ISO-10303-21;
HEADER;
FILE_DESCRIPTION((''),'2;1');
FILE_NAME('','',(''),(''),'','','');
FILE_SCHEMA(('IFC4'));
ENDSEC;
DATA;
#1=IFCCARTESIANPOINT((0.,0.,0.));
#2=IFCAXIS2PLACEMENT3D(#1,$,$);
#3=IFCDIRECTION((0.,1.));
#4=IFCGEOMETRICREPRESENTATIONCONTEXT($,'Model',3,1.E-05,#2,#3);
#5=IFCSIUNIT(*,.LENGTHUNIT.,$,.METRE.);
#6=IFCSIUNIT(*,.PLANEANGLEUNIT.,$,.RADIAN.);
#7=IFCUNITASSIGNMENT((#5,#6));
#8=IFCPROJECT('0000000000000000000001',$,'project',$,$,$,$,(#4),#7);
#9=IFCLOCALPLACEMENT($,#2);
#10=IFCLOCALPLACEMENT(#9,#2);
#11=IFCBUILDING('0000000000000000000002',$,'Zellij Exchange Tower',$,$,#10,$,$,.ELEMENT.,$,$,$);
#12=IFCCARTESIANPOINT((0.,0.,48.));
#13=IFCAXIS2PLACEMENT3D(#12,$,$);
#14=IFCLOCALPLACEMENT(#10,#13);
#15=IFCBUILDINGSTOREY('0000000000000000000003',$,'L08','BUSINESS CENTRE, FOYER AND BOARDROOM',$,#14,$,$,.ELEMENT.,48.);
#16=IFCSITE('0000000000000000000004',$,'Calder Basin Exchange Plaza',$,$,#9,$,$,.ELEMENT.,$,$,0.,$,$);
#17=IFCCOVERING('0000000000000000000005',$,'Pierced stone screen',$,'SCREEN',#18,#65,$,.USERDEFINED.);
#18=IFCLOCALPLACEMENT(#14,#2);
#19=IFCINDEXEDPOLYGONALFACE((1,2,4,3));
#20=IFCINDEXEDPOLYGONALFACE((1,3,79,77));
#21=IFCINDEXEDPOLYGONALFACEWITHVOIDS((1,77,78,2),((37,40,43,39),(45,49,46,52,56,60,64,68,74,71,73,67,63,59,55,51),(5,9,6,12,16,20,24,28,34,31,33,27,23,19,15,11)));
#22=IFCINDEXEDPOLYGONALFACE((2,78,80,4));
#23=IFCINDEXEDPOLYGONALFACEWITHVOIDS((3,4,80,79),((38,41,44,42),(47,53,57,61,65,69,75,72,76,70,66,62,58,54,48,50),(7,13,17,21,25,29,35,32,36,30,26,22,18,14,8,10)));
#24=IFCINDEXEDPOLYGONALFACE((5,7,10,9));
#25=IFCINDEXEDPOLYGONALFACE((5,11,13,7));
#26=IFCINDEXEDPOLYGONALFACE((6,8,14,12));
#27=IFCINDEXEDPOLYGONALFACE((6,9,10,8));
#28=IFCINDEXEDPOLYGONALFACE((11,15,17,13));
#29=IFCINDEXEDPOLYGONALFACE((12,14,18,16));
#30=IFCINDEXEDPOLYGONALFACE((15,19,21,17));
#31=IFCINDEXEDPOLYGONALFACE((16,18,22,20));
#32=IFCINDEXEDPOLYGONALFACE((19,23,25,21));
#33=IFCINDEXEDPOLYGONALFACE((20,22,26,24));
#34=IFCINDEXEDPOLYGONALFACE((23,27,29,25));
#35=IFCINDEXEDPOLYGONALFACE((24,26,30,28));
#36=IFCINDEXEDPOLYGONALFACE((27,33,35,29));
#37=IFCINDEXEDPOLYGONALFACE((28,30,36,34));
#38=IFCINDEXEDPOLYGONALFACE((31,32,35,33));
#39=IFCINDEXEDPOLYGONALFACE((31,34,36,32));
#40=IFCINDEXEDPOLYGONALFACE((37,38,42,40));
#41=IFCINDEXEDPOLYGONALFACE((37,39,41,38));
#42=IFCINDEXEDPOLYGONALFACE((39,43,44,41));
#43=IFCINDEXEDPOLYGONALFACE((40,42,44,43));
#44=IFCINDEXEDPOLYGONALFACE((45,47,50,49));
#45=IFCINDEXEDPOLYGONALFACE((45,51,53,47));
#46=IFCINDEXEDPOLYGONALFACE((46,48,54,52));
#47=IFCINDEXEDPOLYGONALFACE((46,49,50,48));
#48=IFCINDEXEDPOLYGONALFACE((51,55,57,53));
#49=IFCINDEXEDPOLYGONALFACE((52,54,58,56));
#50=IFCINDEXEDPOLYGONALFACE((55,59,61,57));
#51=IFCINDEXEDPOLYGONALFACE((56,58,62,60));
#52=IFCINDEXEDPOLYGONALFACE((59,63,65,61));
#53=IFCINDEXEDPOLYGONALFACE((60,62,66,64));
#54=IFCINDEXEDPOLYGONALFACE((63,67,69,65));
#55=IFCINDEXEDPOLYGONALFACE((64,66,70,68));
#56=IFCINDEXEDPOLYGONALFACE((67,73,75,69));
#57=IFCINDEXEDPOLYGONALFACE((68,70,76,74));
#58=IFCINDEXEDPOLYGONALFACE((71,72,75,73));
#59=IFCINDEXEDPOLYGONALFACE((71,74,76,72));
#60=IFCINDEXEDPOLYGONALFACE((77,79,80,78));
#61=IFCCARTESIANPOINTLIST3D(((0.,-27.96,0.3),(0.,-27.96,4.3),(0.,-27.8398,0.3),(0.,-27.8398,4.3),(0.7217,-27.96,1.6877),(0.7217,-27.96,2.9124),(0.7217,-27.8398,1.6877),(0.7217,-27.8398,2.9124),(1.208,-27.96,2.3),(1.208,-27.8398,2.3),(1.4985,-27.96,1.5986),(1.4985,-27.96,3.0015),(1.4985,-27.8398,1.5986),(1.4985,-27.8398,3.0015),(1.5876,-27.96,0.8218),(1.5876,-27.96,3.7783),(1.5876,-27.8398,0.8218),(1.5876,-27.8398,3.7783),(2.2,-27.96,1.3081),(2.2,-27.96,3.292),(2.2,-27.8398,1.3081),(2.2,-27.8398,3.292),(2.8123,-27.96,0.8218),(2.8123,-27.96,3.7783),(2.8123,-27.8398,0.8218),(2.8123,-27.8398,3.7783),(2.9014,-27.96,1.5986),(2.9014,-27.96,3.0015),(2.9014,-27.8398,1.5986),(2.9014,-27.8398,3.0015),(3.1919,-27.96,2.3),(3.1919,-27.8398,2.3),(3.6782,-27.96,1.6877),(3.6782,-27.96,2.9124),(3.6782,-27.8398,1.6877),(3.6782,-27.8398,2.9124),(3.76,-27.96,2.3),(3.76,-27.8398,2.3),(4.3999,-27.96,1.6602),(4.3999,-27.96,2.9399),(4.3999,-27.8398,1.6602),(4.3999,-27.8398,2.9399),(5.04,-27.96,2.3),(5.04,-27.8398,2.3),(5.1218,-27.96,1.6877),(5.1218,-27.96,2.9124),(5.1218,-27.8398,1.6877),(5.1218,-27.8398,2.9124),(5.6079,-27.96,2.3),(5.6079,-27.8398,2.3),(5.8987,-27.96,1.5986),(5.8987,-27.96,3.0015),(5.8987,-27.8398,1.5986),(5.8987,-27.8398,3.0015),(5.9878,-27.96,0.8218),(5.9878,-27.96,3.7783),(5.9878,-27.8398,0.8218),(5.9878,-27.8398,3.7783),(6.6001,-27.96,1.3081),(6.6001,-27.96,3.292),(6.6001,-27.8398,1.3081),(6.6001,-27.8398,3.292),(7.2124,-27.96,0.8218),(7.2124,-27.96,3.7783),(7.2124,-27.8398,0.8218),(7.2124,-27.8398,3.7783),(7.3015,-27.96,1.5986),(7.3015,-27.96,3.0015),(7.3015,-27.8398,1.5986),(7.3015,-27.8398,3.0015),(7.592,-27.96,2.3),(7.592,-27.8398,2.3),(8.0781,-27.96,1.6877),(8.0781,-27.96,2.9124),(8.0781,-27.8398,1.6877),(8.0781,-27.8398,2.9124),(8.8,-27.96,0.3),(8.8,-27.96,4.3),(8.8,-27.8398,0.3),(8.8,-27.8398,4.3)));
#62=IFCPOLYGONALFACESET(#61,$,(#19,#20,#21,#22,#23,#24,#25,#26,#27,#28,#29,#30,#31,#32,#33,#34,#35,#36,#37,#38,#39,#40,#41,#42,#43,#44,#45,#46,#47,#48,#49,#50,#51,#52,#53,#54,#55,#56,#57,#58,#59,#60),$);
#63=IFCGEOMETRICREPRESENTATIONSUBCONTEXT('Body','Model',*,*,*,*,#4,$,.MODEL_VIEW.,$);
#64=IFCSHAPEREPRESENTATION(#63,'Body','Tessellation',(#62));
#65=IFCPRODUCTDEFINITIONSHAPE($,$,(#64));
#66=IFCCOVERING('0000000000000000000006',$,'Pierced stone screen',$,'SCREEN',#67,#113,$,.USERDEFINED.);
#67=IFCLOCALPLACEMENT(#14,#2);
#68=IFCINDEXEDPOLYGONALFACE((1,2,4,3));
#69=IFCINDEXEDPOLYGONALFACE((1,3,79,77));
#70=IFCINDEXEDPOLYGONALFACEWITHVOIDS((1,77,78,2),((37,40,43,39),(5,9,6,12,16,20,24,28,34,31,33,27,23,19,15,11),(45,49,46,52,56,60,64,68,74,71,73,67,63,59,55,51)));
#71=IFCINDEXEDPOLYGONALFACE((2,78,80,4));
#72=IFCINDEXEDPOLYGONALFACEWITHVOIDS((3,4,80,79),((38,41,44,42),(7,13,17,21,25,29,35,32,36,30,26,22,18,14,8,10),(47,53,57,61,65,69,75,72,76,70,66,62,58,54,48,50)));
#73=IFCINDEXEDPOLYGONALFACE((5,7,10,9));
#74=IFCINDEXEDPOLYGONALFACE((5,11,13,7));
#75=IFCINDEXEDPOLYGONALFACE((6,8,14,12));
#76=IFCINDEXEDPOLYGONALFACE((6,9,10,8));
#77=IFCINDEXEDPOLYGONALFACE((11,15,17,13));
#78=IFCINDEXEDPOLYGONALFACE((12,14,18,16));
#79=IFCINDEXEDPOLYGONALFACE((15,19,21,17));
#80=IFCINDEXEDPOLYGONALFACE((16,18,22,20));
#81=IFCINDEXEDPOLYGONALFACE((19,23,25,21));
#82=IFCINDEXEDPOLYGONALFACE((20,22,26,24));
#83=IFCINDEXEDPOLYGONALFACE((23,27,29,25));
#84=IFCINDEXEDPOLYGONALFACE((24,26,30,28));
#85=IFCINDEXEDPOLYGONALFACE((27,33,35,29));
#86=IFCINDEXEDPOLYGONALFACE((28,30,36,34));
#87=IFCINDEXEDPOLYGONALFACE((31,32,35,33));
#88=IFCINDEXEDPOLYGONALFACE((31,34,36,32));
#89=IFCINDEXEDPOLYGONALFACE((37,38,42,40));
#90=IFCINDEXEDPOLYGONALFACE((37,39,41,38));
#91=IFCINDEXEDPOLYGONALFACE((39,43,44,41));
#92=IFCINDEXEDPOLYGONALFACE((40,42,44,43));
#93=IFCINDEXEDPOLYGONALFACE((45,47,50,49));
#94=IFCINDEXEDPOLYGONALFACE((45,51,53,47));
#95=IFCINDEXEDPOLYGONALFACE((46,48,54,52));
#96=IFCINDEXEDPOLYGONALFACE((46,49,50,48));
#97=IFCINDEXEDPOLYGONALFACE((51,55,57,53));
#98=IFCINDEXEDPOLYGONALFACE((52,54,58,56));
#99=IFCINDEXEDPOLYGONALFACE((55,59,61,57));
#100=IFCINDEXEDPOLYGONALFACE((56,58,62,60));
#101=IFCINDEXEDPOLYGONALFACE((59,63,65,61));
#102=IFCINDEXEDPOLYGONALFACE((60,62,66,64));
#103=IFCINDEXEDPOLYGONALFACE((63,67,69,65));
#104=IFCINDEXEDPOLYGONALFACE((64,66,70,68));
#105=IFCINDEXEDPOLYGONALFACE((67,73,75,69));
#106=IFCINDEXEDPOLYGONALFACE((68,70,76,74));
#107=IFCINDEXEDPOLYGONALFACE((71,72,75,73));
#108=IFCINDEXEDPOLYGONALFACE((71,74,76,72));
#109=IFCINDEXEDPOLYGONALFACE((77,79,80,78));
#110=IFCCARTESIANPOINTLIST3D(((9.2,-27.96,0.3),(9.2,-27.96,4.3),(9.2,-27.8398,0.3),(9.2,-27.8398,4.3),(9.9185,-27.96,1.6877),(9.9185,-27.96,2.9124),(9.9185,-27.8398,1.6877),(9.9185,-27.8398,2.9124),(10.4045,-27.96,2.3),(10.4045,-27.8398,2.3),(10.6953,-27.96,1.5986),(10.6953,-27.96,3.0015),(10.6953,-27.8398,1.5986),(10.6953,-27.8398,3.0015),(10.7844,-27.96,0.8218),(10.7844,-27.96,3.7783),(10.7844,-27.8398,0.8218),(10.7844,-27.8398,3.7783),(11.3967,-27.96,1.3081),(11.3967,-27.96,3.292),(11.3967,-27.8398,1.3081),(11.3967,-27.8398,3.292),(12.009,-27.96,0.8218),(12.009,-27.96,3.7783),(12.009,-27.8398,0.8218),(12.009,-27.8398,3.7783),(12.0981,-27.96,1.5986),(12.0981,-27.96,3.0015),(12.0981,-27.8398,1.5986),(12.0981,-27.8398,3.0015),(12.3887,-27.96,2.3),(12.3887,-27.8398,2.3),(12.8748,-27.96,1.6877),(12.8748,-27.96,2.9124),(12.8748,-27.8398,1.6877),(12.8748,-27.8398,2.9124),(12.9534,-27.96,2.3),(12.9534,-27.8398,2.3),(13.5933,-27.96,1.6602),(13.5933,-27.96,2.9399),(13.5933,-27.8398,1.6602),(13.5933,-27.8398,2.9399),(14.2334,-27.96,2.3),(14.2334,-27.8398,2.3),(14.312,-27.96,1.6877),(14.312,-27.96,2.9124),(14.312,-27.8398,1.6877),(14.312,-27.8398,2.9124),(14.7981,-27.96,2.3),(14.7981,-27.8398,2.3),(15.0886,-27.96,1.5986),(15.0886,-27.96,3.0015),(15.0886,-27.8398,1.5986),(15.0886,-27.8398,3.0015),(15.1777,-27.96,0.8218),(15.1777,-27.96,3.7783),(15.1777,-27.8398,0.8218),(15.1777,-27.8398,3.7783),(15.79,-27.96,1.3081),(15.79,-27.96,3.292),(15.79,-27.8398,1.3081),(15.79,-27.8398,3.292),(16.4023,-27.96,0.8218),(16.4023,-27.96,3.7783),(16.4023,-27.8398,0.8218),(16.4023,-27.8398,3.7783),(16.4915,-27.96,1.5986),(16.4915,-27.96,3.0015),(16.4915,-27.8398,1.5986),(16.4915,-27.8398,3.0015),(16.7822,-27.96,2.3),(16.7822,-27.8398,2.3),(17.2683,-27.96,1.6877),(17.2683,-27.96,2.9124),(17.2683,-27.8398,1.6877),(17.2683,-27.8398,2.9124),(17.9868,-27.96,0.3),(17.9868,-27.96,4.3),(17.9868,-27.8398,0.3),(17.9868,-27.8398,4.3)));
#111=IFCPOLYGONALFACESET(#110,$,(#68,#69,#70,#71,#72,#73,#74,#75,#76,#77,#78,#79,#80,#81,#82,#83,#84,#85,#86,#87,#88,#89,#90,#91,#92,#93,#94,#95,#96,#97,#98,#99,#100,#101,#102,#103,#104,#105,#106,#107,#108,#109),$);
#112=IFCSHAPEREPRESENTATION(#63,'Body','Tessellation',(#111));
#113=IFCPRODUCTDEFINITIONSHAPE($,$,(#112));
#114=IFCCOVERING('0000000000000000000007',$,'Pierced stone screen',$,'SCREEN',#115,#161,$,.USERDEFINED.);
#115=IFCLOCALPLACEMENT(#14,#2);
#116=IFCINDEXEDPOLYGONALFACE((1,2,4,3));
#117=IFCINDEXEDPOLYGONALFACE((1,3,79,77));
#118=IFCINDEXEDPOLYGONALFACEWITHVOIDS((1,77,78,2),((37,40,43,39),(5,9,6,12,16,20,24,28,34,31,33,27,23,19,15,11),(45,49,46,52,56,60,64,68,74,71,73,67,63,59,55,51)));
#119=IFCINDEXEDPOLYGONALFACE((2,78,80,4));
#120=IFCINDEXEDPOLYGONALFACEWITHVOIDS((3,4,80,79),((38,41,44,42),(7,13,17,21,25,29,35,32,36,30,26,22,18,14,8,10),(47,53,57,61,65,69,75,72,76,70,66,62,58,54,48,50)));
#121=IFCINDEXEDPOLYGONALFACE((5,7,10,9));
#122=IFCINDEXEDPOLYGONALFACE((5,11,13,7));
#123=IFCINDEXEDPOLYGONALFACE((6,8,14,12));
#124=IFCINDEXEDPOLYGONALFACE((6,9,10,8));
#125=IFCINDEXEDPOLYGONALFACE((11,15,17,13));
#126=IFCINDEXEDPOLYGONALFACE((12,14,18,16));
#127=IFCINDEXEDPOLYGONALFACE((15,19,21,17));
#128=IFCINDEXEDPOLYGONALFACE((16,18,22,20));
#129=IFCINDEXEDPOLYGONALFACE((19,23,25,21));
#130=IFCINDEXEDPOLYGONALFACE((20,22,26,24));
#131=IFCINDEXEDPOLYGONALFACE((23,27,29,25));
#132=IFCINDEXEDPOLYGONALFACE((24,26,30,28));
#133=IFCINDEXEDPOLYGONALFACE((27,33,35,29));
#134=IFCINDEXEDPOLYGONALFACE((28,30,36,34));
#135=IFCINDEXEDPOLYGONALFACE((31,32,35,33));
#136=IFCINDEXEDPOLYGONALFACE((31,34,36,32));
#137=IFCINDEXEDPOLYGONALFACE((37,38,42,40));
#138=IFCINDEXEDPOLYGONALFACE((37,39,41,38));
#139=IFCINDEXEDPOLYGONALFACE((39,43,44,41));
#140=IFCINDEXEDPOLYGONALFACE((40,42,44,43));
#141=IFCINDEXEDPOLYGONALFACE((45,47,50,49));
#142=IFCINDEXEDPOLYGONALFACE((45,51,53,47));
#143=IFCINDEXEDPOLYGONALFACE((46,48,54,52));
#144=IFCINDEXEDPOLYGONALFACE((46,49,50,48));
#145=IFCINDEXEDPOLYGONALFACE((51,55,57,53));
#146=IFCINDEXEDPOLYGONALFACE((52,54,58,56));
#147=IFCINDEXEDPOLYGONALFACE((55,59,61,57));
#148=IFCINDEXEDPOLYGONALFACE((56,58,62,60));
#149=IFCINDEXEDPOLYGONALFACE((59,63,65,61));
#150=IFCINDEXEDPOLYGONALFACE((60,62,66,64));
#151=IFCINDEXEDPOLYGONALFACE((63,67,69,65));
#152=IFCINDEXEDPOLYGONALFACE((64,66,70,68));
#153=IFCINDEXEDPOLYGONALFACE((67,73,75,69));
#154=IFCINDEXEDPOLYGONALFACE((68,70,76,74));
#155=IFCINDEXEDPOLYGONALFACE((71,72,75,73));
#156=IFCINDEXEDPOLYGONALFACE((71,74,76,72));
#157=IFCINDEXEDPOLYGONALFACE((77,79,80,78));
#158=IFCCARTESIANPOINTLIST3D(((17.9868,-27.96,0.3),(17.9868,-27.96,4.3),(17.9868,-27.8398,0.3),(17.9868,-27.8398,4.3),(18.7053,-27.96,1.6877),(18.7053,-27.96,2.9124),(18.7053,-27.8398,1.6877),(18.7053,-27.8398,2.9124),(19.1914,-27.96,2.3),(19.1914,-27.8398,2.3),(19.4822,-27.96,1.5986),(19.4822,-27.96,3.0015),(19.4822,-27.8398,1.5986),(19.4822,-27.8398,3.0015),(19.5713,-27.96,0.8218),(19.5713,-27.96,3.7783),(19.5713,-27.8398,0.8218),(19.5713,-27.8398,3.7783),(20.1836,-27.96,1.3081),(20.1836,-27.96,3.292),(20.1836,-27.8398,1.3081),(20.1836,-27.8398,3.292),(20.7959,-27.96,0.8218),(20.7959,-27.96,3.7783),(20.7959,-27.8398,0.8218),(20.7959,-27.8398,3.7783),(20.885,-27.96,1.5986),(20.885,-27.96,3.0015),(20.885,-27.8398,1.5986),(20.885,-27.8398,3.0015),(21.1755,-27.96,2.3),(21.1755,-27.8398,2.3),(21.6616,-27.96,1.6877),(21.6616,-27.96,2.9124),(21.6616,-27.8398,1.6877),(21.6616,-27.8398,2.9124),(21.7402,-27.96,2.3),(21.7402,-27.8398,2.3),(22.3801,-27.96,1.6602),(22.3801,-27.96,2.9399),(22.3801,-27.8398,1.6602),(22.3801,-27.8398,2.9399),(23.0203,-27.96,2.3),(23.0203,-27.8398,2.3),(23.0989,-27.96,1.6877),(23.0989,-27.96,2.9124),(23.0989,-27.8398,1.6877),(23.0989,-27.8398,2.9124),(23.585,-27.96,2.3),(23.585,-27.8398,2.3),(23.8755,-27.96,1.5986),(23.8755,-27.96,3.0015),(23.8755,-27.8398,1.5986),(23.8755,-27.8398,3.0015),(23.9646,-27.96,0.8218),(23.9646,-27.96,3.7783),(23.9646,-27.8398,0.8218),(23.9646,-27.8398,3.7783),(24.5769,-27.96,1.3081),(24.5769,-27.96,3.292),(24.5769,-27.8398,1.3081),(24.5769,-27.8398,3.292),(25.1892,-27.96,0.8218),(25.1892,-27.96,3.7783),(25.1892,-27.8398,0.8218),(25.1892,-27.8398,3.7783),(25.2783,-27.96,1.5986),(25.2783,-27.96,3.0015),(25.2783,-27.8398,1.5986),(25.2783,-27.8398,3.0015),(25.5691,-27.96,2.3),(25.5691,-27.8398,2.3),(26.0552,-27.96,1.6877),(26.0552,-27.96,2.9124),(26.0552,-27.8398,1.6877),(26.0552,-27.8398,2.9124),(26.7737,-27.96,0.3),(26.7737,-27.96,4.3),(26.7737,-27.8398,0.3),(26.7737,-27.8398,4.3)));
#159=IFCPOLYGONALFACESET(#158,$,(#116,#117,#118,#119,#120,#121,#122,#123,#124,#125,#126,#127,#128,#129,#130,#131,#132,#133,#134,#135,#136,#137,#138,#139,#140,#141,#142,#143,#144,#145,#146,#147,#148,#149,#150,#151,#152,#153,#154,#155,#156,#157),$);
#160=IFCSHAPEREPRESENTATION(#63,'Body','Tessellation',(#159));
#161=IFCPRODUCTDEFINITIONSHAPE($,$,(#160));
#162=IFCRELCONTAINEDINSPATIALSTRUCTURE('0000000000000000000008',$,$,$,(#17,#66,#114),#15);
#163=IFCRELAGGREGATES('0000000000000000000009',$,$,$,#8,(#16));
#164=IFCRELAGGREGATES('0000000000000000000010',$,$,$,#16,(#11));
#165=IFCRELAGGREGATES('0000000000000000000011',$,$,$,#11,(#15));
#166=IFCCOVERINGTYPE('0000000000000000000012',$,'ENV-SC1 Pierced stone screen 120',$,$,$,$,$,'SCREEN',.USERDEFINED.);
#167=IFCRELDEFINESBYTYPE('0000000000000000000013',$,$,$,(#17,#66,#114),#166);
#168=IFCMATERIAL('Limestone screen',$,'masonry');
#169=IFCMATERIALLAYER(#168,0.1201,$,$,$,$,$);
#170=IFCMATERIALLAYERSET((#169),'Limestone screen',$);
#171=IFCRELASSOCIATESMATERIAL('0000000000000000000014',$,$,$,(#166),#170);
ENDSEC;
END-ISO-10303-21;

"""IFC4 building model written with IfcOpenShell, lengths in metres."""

from ifc_helpers import new_model, si_unit, direction, frame, origin, place, context, subcontext, project, spatial, polyline, outline, extrude, material, layer, layer_set, type_object, element, save


model = new_model("IFC4")

# Units and contexts
model_context = context("Model", 3, precision=1e-05, world=origin(), true_north=direction((0.0, 1.0)))
body_context = subcontext(model_context, "Body", "Model", "MODEL_VIEW")
ifc_project = project(units=[si_unit("LENGTHUNIT", "METRE"), si_unit("PLANEANGLEUNIT", "RADIAN")], contexts=[model_context])

# Site, building, storey
site_placement = place(None, origin())
site = spatial("IfcSite", under=ifc_project, at=site_placement, Name="Calder Basin Exchange Plaza", CompositionType="ELEMENT", RefElevation=0.0)
building_placement = place(site_placement, origin())
building = spatial("IfcBuilding", under=site, at=building_placement, Name="Zellij Exchange Tower", CompositionType="ELEMENT")
storey_placement = place(building_placement, frame((0.0, 0.0, 48.0)))
storey = spatial("IfcBuildingStorey", under=building, at=storey_placement, Name="L08", Description="BUSINESS CENTRE, FOYER AND BOARDROOM", CompositionType="ELEMENT", Elevation=48.0)

# Coverings
ifc_material_1 = material(Name="Limestone screen", Category="masonry")
ifc_layer_1 = layer(ifc_material_1, 0.1201)
ifc_layer_set_1 = layer_set([ifc_layer_1], Name="Limestone screen")
covering_type_1 = type_object("IfcCoveringType", Name="ENV-SC1 Pierced stone screen 120", ElementType="SCREEN", PredefinedType="USERDEFINED", material=ifc_layer_set_1)
covering_1_placement = place(storey_placement, frame((0.0, -27.8999, 0.3), z_axis=(0.0, 0.0, 1.0), x_axis=(1.0, 0.0, 0.0)))
element("IfcCovering", 1, at=covering_1_placement, inside=storey, type_object=covering_type_1, Name="Pierced stone screen", ObjectType="SCREEN", PredefinedType="USERDEFINED", context=body_context, shape_type="SweptSolid", body=[
    extrude(outline(polyline([(0.0, 0.0), (8.8, 0.0), (8.8, 4.0), (0.0, 4.0), (0.0, 0.0)]), holes=[polyline([(3.6782, 2.6123), (2.9014, 2.7014), (2.8123, 3.4783), (2.2, 2.9919), (1.5876, 3.4783), (1.4985, 2.7014), (0.7217, 2.6123), (1.208, 2.0), (0.7217, 1.3877), (1.4985, 1.2986), (1.5876, 0.5217), (2.2, 1.0081), (2.8123, 0.5217), (2.9014, 1.2986), (3.6782, 1.3877), (3.1919, 2.0), (3.6782, 2.6123)]), polyline([(8.0781, 2.6123), (7.3015, 2.7014), (7.2124, 3.4783), (6.6001, 2.9919), (5.9878, 3.4783), (5.8987, 2.7014), (5.1218, 2.6123), (5.6079, 2.0), (5.1218, 1.3877), (5.8987, 1.2986), (5.9878, 0.5217), (6.6001, 1.0081), (7.2124, 0.5217), (7.3015, 1.2986), (8.0781, 1.3877), (7.592, 2.0), (8.0781, 2.6123)]), polyline([(5.04, 2.0), (4.3999, 2.6399), (3.76, 2.0), (4.3999, 1.3601), (5.04, 2.0)])]), frame((0.0, 0.0601, 0.0), z_axis=(0.0, -1.0, 0.0), x_axis=(1.0, 0.0, 0.0)), (0.0, 0.0, 1.0), 0.1201),
])
for number, where, z_axis, x_axis, name in (
    (2, (9.2, -27.8999, 0.3), (0.0, 0.0, 1.0), (1.0, 0.0, 0.0), "Pierced stone screen"),
    (3, (17.9868, -27.8999, 0.3), (0.0, 0.0, 1.0), (1.0, 0.0, 0.0), "Pierced stone screen"),
):
    element("IfcCovering", number, at=place(storey_placement, frame(where, z_axis=z_axis, x_axis=x_axis)), inside=storey, type_object=covering_type_1, Name=name, ObjectType="SCREEN", PredefinedType="USERDEFINED", context=body_context, shape_type="SweptSolid", body=[
        extrude(outline(polyline([(0.0, 0.0), (8.7869, 0.0), (8.7869, 4.0), (0.0, 4.0), (0.0, 0.0)]), holes=[polyline([(3.6748, 2.6123), (2.8982, 2.7014), (2.8091, 3.4783), (2.1968, 2.9919), (1.5845, 3.4783), (1.4954, 2.7014), (0.7185, 2.6123), (1.2046, 2.0), (0.7185, 1.3877), (1.4954, 1.2986), (1.5845, 0.5217), (2.1968, 1.0081), (2.8091, 0.5217), (2.8982, 1.2986), (3.6748, 1.3877), (3.1887, 2.0), (3.6748, 2.6123)]), polyline([(8.0684, 2.6123), (7.2915, 2.7014), (7.2024, 3.4783), (6.5901, 2.9919), (5.9778, 3.4783), (5.8887, 2.7014), (5.1121, 2.6123), (5.5981, 2.0), (5.1121, 1.3877), (5.8887, 1.2986), (5.9778, 0.5217), (6.5901, 1.0081), (7.2024, 0.5217), (7.2915, 1.2986), (8.0684, 1.3877), (7.5823, 2.0), (8.0684, 2.6123)]), polyline([(5.0334, 2.0), (4.3933, 2.6399), (3.7534, 2.0), (4.3933, 1.3601), (5.0334, 2.0)])]), frame((0.0, 0.0601, 0.0), z_axis=(0.0, -1.0, 0.0), x_axis=(1.0, 0.0, 0.0)), (0.0, 0.0, 1.0), 0.1201),
    ])

save(model, "model.ifc")
